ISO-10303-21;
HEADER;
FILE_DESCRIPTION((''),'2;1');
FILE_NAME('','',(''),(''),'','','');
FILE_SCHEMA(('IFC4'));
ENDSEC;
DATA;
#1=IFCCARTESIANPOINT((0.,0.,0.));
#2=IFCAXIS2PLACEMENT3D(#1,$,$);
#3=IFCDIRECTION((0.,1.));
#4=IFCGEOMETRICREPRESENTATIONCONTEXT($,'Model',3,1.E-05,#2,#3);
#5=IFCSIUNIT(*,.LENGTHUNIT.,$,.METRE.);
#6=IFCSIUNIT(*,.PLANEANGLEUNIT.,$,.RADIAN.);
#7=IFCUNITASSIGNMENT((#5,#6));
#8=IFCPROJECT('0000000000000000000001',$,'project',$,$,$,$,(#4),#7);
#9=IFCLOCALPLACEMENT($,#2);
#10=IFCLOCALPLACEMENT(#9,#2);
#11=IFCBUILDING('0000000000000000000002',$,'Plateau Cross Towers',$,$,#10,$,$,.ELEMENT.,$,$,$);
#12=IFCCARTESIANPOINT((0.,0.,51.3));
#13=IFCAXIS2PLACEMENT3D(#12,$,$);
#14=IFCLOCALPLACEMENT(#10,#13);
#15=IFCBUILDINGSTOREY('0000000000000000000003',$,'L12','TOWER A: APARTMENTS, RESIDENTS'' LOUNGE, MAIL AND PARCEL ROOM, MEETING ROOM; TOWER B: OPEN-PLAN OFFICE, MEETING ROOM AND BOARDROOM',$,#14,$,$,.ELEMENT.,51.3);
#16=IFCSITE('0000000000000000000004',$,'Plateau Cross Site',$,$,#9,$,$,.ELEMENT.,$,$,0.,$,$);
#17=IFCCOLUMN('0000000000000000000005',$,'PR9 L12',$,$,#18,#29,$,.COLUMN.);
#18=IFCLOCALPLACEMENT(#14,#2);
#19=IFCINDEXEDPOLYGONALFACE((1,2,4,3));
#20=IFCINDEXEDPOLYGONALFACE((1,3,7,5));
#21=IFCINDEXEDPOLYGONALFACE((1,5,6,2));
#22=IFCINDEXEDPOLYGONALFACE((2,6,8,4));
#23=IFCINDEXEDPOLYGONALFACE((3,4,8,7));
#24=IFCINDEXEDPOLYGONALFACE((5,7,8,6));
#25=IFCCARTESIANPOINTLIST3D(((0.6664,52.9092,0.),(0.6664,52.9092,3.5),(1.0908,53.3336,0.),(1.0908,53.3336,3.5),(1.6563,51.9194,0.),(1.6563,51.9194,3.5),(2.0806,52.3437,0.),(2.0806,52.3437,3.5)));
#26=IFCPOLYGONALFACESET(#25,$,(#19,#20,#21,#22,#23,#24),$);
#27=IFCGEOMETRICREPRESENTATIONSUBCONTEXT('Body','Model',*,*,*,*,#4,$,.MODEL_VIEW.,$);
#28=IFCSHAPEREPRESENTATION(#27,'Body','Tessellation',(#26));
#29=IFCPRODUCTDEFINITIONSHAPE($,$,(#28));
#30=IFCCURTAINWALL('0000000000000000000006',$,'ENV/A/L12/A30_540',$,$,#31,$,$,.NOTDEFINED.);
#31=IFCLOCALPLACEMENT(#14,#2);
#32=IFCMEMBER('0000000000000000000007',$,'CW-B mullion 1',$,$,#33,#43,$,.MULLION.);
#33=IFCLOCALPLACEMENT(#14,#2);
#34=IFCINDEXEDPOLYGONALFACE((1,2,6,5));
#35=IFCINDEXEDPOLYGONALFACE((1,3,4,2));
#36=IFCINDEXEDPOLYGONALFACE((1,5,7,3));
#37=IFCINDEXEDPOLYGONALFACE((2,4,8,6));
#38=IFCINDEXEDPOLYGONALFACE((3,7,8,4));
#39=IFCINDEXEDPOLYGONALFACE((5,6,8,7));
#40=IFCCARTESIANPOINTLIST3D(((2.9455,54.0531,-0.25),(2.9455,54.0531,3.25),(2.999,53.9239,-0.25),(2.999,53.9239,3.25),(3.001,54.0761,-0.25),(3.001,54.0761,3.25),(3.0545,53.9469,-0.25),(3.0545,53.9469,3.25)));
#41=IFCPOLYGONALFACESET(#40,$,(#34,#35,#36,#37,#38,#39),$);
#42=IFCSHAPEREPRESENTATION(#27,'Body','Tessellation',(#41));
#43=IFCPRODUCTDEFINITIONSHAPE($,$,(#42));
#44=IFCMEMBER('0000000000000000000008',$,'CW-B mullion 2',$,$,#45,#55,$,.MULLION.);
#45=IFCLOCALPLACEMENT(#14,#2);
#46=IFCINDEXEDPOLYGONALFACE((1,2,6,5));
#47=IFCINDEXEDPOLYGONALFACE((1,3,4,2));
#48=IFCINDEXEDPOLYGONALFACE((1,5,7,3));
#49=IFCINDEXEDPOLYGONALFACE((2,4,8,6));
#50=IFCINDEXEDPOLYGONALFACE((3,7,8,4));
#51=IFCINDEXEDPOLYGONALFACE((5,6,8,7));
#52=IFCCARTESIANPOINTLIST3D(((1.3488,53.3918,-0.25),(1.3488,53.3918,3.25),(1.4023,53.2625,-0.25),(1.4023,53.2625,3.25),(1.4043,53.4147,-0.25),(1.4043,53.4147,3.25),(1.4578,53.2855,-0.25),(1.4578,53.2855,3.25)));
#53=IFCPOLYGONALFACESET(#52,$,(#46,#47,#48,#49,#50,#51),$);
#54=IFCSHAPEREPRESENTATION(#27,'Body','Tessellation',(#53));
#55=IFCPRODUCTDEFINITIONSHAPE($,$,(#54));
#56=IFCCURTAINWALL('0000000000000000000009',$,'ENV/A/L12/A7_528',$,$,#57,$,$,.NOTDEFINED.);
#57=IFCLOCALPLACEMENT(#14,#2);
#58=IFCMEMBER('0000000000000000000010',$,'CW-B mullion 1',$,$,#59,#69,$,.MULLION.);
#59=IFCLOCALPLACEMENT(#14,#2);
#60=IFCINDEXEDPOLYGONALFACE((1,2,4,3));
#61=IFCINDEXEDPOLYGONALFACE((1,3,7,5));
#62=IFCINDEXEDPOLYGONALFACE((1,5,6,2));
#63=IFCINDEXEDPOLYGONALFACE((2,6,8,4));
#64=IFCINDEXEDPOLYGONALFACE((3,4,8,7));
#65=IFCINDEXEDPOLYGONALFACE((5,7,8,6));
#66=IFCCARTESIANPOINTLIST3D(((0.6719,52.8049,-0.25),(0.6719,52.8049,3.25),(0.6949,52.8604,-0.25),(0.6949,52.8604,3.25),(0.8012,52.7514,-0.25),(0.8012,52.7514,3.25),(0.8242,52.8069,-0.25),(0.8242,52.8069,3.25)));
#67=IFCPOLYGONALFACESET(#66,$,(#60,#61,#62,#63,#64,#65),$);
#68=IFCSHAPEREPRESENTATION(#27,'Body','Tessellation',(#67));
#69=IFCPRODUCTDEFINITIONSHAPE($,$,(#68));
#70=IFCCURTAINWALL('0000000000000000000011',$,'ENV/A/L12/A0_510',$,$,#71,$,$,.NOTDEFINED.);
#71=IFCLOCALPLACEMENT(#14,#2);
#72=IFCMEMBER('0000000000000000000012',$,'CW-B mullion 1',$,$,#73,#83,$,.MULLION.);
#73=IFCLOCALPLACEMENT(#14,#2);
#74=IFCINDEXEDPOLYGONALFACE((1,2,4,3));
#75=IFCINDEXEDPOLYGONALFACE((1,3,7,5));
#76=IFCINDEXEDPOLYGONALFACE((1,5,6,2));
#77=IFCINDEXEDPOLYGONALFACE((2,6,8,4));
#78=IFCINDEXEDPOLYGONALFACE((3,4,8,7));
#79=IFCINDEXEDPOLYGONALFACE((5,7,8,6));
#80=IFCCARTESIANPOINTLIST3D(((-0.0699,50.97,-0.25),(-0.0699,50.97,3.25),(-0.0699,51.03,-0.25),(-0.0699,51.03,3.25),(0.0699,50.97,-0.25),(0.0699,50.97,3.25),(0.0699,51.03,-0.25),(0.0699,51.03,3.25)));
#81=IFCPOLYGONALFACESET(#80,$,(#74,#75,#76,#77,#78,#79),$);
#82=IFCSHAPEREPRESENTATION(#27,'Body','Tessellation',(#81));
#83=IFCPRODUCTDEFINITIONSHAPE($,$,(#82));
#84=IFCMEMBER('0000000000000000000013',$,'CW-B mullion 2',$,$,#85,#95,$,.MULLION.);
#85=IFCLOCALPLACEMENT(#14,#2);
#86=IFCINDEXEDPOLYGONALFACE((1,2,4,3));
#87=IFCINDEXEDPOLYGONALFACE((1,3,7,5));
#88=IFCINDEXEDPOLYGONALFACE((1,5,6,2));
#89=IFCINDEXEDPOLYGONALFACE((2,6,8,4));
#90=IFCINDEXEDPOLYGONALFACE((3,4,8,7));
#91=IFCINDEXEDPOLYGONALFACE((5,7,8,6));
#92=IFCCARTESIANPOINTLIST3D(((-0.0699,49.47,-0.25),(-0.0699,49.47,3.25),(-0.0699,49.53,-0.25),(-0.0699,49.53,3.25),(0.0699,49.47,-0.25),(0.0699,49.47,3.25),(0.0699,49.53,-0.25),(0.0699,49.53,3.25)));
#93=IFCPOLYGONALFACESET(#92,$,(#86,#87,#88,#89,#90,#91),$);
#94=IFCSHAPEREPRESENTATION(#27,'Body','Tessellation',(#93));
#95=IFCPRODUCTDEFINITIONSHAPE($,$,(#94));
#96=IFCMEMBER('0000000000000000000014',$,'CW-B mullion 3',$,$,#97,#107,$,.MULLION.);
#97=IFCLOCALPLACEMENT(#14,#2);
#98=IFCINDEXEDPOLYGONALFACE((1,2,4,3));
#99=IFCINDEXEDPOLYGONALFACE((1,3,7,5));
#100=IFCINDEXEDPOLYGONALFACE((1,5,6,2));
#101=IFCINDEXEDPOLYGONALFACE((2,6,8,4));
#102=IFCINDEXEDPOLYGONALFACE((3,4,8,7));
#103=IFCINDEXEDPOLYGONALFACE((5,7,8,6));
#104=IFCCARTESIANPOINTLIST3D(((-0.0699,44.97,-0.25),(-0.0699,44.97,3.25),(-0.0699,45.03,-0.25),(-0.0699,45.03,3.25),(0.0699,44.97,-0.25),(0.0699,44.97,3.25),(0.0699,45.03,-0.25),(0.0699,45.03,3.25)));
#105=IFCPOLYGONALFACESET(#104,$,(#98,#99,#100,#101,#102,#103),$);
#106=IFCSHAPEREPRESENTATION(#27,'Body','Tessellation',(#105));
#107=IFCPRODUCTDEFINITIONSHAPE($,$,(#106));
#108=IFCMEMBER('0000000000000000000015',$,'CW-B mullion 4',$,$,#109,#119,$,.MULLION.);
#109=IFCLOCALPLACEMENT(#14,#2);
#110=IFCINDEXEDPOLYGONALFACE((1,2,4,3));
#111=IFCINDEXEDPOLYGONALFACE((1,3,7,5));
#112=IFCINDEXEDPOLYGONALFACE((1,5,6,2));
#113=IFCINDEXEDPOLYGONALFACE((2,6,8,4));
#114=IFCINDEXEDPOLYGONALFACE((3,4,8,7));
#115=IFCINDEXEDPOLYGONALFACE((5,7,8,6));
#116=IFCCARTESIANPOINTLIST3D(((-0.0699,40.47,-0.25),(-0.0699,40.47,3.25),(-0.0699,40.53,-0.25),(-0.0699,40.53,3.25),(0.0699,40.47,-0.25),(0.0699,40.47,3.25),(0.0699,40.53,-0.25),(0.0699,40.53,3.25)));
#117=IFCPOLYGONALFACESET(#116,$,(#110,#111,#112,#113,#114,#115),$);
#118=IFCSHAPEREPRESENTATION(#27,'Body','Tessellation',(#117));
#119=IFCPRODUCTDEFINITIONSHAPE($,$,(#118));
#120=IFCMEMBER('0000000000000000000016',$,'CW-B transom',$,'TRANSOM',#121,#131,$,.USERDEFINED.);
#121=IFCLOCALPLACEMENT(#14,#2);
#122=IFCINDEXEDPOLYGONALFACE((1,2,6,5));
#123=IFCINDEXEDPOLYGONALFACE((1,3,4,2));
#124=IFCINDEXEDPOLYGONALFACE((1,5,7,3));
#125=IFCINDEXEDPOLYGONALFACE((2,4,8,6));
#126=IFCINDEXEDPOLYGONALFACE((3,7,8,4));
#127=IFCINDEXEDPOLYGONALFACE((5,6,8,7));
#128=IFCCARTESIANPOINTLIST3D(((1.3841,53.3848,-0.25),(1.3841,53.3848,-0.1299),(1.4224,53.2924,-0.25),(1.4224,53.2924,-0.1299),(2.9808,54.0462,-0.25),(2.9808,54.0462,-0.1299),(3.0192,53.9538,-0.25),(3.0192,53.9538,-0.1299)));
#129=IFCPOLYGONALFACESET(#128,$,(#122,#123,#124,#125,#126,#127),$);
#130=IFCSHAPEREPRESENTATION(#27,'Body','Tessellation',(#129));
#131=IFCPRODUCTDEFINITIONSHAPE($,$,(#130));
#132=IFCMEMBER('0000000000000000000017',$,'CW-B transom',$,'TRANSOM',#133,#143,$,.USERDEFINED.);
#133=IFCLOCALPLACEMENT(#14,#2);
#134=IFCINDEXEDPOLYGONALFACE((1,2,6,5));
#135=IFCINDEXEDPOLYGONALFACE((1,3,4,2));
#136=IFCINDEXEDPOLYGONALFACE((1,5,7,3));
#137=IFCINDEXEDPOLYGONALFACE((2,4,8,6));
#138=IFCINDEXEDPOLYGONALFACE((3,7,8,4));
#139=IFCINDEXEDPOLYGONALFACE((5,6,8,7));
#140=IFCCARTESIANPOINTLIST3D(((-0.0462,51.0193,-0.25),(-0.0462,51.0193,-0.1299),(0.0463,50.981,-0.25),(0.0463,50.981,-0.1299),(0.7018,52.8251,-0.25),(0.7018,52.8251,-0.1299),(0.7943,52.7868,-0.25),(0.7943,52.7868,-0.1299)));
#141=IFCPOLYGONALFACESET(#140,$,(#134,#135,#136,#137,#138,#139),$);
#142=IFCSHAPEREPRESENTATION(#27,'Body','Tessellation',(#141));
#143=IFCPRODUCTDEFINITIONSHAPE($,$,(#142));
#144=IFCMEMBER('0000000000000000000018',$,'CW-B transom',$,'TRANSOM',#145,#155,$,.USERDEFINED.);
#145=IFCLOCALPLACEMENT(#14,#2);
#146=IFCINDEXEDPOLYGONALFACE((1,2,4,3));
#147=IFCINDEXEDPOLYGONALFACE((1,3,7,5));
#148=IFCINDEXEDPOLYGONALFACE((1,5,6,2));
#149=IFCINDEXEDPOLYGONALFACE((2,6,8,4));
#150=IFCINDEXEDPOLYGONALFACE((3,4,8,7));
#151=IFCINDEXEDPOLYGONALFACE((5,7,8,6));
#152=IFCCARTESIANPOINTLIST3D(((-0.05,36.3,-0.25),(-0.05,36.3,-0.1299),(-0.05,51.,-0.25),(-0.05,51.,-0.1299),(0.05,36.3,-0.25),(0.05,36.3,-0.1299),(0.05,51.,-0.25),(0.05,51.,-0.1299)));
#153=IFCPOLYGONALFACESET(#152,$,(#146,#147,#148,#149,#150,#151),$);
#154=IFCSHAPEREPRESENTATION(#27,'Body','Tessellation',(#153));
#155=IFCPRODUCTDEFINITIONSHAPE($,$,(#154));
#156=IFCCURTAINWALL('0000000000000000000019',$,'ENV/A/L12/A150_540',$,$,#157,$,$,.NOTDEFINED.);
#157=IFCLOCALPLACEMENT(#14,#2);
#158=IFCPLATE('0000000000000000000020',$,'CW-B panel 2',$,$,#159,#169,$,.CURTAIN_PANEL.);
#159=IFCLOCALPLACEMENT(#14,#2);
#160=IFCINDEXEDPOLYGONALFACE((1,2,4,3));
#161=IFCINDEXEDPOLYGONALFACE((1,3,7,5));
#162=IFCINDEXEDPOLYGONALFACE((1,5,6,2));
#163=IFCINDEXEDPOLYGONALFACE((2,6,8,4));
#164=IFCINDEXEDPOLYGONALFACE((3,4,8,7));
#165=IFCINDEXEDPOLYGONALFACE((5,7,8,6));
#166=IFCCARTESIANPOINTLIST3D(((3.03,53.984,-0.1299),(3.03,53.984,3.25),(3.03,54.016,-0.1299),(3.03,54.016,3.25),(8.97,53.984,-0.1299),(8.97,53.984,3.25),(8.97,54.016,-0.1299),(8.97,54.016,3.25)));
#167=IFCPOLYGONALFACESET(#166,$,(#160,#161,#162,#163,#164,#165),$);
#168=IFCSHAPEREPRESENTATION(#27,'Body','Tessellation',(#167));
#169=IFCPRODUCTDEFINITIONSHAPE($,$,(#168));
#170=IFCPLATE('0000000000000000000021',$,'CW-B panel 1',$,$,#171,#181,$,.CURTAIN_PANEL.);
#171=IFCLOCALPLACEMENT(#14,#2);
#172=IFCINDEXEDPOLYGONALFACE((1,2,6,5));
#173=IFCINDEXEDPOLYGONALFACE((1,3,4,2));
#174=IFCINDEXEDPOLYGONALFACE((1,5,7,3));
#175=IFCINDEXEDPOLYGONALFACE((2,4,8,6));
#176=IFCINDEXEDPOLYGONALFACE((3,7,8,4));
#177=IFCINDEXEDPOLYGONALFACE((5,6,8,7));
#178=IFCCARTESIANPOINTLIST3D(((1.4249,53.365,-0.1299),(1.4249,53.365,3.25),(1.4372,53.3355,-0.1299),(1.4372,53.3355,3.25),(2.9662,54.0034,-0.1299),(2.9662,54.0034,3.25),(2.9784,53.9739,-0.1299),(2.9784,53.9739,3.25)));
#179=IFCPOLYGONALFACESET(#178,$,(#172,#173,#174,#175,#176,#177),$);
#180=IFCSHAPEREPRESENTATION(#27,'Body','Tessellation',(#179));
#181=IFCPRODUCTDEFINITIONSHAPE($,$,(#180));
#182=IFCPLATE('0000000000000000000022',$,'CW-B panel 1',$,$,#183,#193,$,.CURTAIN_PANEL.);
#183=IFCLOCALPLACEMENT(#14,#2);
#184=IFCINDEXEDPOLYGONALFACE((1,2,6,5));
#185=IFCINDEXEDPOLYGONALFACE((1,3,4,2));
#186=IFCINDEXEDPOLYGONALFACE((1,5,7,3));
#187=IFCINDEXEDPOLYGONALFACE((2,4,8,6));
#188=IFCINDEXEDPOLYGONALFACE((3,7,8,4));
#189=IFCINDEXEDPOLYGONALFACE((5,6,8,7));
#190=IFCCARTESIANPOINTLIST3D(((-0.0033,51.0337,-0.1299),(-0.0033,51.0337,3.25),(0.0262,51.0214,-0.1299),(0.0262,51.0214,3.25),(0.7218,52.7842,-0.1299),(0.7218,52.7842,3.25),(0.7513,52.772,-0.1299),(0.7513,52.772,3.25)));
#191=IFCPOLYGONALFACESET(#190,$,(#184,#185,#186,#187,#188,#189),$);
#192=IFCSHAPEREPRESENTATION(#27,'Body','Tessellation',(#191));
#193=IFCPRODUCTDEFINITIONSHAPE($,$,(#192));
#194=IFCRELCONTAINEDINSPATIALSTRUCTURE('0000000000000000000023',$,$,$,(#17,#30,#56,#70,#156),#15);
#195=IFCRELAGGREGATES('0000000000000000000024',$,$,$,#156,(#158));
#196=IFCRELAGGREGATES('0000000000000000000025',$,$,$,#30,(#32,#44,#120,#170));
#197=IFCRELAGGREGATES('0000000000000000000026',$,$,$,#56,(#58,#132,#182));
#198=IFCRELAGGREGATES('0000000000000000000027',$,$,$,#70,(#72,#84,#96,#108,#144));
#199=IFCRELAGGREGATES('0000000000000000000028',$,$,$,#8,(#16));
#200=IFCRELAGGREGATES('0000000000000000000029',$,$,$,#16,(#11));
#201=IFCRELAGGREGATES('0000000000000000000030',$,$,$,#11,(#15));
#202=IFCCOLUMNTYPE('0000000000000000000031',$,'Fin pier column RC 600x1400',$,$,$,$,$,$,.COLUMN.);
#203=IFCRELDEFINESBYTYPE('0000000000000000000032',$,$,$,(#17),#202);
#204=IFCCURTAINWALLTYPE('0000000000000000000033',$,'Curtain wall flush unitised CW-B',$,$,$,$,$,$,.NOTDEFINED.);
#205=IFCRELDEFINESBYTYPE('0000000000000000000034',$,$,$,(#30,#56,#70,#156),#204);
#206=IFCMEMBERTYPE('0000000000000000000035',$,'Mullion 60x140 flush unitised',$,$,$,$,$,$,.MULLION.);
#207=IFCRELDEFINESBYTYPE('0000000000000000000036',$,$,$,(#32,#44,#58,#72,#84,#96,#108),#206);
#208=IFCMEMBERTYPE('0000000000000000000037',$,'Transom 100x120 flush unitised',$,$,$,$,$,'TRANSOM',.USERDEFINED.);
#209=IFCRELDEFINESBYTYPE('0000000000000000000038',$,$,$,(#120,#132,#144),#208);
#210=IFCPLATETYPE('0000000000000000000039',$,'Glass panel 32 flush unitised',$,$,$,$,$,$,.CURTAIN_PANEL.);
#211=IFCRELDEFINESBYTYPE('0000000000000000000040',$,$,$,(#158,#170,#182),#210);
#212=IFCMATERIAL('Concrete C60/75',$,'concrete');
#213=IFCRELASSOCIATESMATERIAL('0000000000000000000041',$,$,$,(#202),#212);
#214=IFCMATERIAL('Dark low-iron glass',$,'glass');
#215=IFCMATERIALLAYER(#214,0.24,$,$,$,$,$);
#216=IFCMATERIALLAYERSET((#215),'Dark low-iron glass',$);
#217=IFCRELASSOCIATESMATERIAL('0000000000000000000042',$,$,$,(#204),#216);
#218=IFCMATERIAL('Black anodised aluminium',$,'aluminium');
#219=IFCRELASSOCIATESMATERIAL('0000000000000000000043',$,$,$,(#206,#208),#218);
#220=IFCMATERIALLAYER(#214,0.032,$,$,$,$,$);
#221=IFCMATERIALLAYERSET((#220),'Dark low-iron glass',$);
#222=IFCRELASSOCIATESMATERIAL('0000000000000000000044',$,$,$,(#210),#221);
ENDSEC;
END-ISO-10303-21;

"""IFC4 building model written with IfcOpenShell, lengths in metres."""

from ifc_helpers import new_model, si_unit, direction, frame, origin, origin_2d, place, context, subcontext, project, spatial, rectangle, extrude, material, layer, layer_set, material_profile, profile_set, type_object, element, aggregate, save


model = new_model("IFC4")

# Units and contexts
model_context = context("Model", 3, precision=1e-05, world=origin(), true_north=direction((0.0, 1.0)))
body_context = subcontext(model_context, "Body", "Model", "MODEL_VIEW")
ifc_project = project(units=[si_unit("LENGTHUNIT", "METRE"), si_unit("PLANEANGLEUNIT", "RADIAN")], contexts=[model_context])

# Site, building, storey
site_placement = place(None, origin())
site = spatial("IfcSite", under=ifc_project, at=site_placement, Name="Plateau Cross Site", CompositionType="ELEMENT", RefElevation=0.0)
building_placement = place(site_placement, origin())
building = spatial("IfcBuilding", under=site, at=building_placement, Name="Plateau Cross Towers", CompositionType="ELEMENT")
storey_placement = place(building_placement, frame((0.0, 0.0, 51.3)))
storey = spatial("IfcBuildingStorey", under=building, at=storey_placement, Name="L12", Description="TOWER A: APARTMENTS, RESIDENTS' LOUNGE, MAIL AND PARCEL ROOM, MEETING ROOM; TOWER B: OPEN-PLAN OFFICE, MEETING ROOM AND BOARDROOM", CompositionType="ELEMENT", Elevation=51.3)

# Column
ifc_material_1 = material(Name="Concrete C60/75", Category="concrete")
ifc_material_profile_1 = material_profile(ifc_material_1, rectangle(XDim=0.6001, YDim=1.3999, at=origin_2d()), Name="RC 600x1400")
ifc_profile_set_1 = profile_set([ifc_material_profile_1], Name="Concrete C60/75")
column_type = type_object("IfcColumnType", Name="Fin pier column RC 600x1400", PredefinedType="COLUMN", material=ifc_profile_set_1)
column_placement = place(storey_placement, frame((1.3735, 52.6265, 0.0), z_axis=(0.0, 0.0, 1.0), x_axis=(0.707107, 0.707107, 0.0)))
element("IfcColumn", 1, at=column_placement, inside=storey, type_object=column_type, Name="PR9 L12", PredefinedType="COLUMN", context=body_context, shape_type="SweptSolid", body=[
    extrude(rectangle(XDim=0.6001, YDim=1.3999, at=origin_2d()), origin(), (0.0, 0.0, 1.0), 3.5),
])

# Curtain wall, members
ifc_material_2 = material(Name="Dark low-iron glass", Category="glass")
ifc_layer_1 = layer(ifc_material_2, 0.24)
ifc_layer_set_1 = layer_set([ifc_layer_1], Name="Dark low-iron glass")
curtain_wall_type = type_object("IfcCurtainWallType", Name="Curtain wall flush unitised CW-B", PredefinedType="NOTDEFINED", material=ifc_layer_set_1)
curtain_wall_1_placement = place(storey_placement, origin())
curtain_wall_1 = element("IfcCurtainWall", 2, at=curtain_wall_1_placement, inside=storey, type_object=curtain_wall_type, Name="ENV/A/L12/A30_540", PredefinedType="NOTDEFINED")
ifc_material_3 = material(Name="Black anodised aluminium", Category="aluminium")
ifc_material_profile_2 = material_profile(ifc_material_3, rectangle(XDim=0.0601, YDim=0.1399, at=origin_2d()), Name="MULLION 60x140")
ifc_profile_set_2 = profile_set([ifc_material_profile_2], Name="Black anodised aluminium")
member_type_1 = type_object("IfcMemberType", Name="Mullion 60x140 flush unitised", PredefinedType="MULLION", material=ifc_profile_set_2)
member_1_placement = place(storey_placement, frame((3.0, 54.0, -0.25), z_axis=(0.0, 0.0, 1.0), x_axis=(-0.923879, -0.382684, 0.0)))
member_1 = element("IfcMember", 3, at=member_1_placement, type_object=member_type_1, Name="CW-B mullion 1", PredefinedType="MULLION", context=body_context, shape_type="SweptSolid", body=[
    extrude(rectangle(XDim=0.0601, YDim=0.1399, at=origin_2d()), origin(), (0.0, 0.0, 1.0), 3.5),
])
member_2_placement = place(storey_placement, frame((1.4033, 53.3386, -0.25), z_axis=(0.0, 0.0, 1.0), x_axis=(-0.923879, -0.382684, 0.0)))
member_2 = element("IfcMember", 4, at=member_2_placement, type_object=member_type_1, Name="CW-B mullion 2", PredefinedType="MULLION", context=body_context, shape_type="SweptSolid", body=[
    extrude(rectangle(XDim=0.0601, YDim=0.1399, at=origin_2d()), origin(), (0.0, 0.0, 1.0), 3.5),
])

# Curtain wall, member
curtain_wall_2_placement = place(storey_placement, origin())
curtain_wall_2 = element("IfcCurtainWall", 5, at=curtain_wall_2_placement, inside=storey, type_object=curtain_wall_type, Name="ENV/A/L12/A7_528", PredefinedType="NOTDEFINED")
member_3_placement = place(storey_placement, frame((0.748, 52.8059, -0.25), z_axis=(0.0, 0.0, 1.0), x_axis=(-0.382684, -0.923879, 0.0)))
member_3 = element("IfcMember", 6, at=member_3_placement, type_object=member_type_1, Name="CW-B mullion 1", PredefinedType="MULLION", context=body_context, shape_type="SweptSolid", body=[
    extrude(rectangle(XDim=0.0601, YDim=0.1399, at=origin_2d()), origin(), (0.0, 0.0, 1.0), 3.5),
])

# Curtain wall, members
curtain_wall_3_placement = place(storey_placement, origin())
curtain_wall_3 = element("IfcCurtainWall", 7, at=curtain_wall_3_placement, inside=storey, type_object=curtain_wall_type, Name="ENV/A/L12/A0_510", PredefinedType="NOTDEFINED")
member_4_placement = place(storey_placement, frame((0.0, 51.0, -0.25), z_axis=(0.0, 0.0, 1.0), x_axis=(0.0, -1.0, 0.0)))
member_4 = element("IfcMember", 8, at=member_4_placement, type_object=member_type_1, Name="CW-B mullion 1", PredefinedType="MULLION", context=body_context, shape_type="SweptSolid", body=[
    extrude(rectangle(XDim=0.0601, YDim=0.1399, at=origin_2d()), origin(), (0.0, 0.0, 1.0), 3.5),
])
member_5_placement = place(storey_placement, frame((0.0, 49.5, -0.25), z_axis=(0.0, 0.0, 1.0), x_axis=(0.0, -1.0, 0.0)))
member_5 = element("IfcMember", 9, at=member_5_placement, type_object=member_type_1, Name="CW-B mullion 2", PredefinedType="MULLION", context=body_context, shape_type="SweptSolid", body=[
    extrude(rectangle(XDim=0.0601, YDim=0.1399, at=origin_2d()), origin(), (0.0, 0.0, 1.0), 3.5),
])
member_6_placement = place(storey_placement, frame((0.0, 45.0, -0.25), z_axis=(0.0, 0.0, 1.0), x_axis=(0.0, -1.0, 0.0)))
member_6 = element("IfcMember", 10, at=member_6_placement, type_object=member_type_1, Name="CW-B mullion 3", PredefinedType="MULLION", context=body_context, shape_type="SweptSolid", body=[
    extrude(rectangle(XDim=0.0601, YDim=0.1399, at=origin_2d()), origin(), (0.0, 0.0, 1.0), 3.5),
])
member_7_placement = place(storey_placement, frame((0.0, 40.5, -0.25), z_axis=(0.0, 0.0, 1.0), x_axis=(0.0, -1.0, 0.0)))
member_7 = element("IfcMember", 11, at=member_7_placement, type_object=member_type_1, Name="CW-B mullion 4", PredefinedType="MULLION", context=body_context, shape_type="SweptSolid", body=[
    extrude(rectangle(XDim=0.0601, YDim=0.1399, at=origin_2d()), origin(), (0.0, 0.0, 1.0), 3.5),
])

# Members
ifc_material_profile_3 = material_profile(ifc_material_3, rectangle(XDim=0.1001, YDim=0.1201, at=origin_2d()), Name="TRANSOM 100x120")
ifc_profile_set_3 = profile_set([ifc_material_profile_3], Name="Black anodised aluminium")
member_type_2 = type_object("IfcMemberType", Name="Transom 100x120 flush unitised", ElementType="TRANSOM", PredefinedType="USERDEFINED", material=ifc_profile_set_3)
member_8_placement = place(storey_placement, frame((3.0, 54.0, -0.1899), z_axis=(-0.923877, -0.382689, 0.0), x_axis=(0.382689, -0.923877, 0.0)))
member_8 = element("IfcMember", 12, at=member_8_placement, type_object=member_type_2, Name="CW-B transom", ObjectType="TRANSOM", PredefinedType="USERDEFINED", context=body_context, shape_type="SweptSolid", body=[
    extrude(rectangle(XDim=0.1001, YDim=0.1201, at=origin_2d()), origin(), (0.0, 0.0, 1.0), 1.7283),
])
member_9_placement = place(storey_placement, frame((0.748, 52.8059, -0.1899), z_axis=(-0.38269, -0.923877, 0.0), x_axis=(0.923877, -0.38269, 0.0)))
member_9 = element("IfcMember", 13, at=member_9_placement, type_object=member_type_2, Name="CW-B transom", ObjectType="TRANSOM", PredefinedType="USERDEFINED", context=body_context, shape_type="SweptSolid", body=[
    extrude(rectangle(XDim=0.1001, YDim=0.1201, at=origin_2d()), origin(), (0.0, 0.0, 1.0), 1.9546),
])
member_10_placement = place(storey_placement, frame((0.0, 51.0, -0.1899), z_axis=(0.0, -1.0, 0.0), x_axis=(1.0, 0.0, 0.0)))
member_10 = element("IfcMember", 14, at=member_10_placement, type_object=member_type_2, Name="CW-B transom", ObjectType="TRANSOM", PredefinedType="USERDEFINED", context=body_context, shape_type="SweptSolid", body=[
    extrude(rectangle(XDim=0.1001, YDim=0.1201, at=origin_2d()), origin(), (0.0, 0.0, 1.0), 14.7),
])

# Curtain wall, plate
curtain_wall_4_placement = place(storey_placement, origin())
curtain_wall_4 = element("IfcCurtainWall", 15, at=curtain_wall_4_placement, inside=storey, type_object=curtain_wall_type, Name="ENV/A/L12/A150_540", PredefinedType="NOTDEFINED")
ifc_layer_2 = layer(ifc_material_2, 0.032)
ifc_layer_set_2 = layer_set([ifc_layer_2], Name="Dark low-iron glass")
plate_type = type_object("IfcPlateType", Name="Glass panel 32 flush unitised", PredefinedType="CURTAIN_PANEL", material=ifc_layer_set_2)
plate_1_placement = place(storey_placement, frame((6.0, 54.0, -0.1299), z_axis=(0.0, 0.0, 1.0), x_axis=(-1.0, 0.0, 0.0)))
plate_1 = element("IfcPlate", 16, at=plate_1_placement, type_object=plate_type, Name="CW-B panel 2", PredefinedType="CURTAIN_PANEL", context=body_context, shape_type="SweptSolid", body=[
    extrude(rectangle(XDim=5.9399, YDim=0.032, at=origin_2d()), origin(), (0.0, 0.0, 1.0), 3.3799),
])
aggregate(curtain_wall_4, [plate_1])

# Plates
plate_2_placement = place(storey_placement, frame((2.2017, 53.6694, -0.1299), z_axis=(0.0, 0.0, 1.0), x_axis=(-0.923879, -0.382684, 0.0)))
plate_2 = element("IfcPlate", 17, at=plate_2_placement, type_object=plate_type, Name="CW-B panel 1", PredefinedType="CURTAIN_PANEL", context=body_context, shape_type="SweptSolid", body=[
    extrude(rectangle(XDim=1.6682, YDim=0.032, at=origin_2d()), origin(), (0.0, 0.0, 1.0), 3.3799),
])
aggregate(curtain_wall_1, [member_1, member_2, member_8, plate_2])
plate_3_placement = place(storey_placement, frame((0.374, 51.9028, -0.1299), z_axis=(0.0, 0.0, 1.0), x_axis=(-0.382684, -0.923879, 0.0)))
plate_3 = element("IfcPlate", 18, at=plate_3_placement, type_object=plate_type, Name="CW-B panel 1", PredefinedType="CURTAIN_PANEL", context=body_context, shape_type="SweptSolid", body=[
    extrude(rectangle(XDim=1.8948, YDim=0.032, at=origin_2d()), origin(), (0.0, 0.0, 1.0), 3.3799),
])
aggregate(curtain_wall_2, [member_3, member_9, plate_3])
aggregate(curtain_wall_3, [member_4, member_5, member_6, member_7, member_10])

save(model, "model.ifc")
